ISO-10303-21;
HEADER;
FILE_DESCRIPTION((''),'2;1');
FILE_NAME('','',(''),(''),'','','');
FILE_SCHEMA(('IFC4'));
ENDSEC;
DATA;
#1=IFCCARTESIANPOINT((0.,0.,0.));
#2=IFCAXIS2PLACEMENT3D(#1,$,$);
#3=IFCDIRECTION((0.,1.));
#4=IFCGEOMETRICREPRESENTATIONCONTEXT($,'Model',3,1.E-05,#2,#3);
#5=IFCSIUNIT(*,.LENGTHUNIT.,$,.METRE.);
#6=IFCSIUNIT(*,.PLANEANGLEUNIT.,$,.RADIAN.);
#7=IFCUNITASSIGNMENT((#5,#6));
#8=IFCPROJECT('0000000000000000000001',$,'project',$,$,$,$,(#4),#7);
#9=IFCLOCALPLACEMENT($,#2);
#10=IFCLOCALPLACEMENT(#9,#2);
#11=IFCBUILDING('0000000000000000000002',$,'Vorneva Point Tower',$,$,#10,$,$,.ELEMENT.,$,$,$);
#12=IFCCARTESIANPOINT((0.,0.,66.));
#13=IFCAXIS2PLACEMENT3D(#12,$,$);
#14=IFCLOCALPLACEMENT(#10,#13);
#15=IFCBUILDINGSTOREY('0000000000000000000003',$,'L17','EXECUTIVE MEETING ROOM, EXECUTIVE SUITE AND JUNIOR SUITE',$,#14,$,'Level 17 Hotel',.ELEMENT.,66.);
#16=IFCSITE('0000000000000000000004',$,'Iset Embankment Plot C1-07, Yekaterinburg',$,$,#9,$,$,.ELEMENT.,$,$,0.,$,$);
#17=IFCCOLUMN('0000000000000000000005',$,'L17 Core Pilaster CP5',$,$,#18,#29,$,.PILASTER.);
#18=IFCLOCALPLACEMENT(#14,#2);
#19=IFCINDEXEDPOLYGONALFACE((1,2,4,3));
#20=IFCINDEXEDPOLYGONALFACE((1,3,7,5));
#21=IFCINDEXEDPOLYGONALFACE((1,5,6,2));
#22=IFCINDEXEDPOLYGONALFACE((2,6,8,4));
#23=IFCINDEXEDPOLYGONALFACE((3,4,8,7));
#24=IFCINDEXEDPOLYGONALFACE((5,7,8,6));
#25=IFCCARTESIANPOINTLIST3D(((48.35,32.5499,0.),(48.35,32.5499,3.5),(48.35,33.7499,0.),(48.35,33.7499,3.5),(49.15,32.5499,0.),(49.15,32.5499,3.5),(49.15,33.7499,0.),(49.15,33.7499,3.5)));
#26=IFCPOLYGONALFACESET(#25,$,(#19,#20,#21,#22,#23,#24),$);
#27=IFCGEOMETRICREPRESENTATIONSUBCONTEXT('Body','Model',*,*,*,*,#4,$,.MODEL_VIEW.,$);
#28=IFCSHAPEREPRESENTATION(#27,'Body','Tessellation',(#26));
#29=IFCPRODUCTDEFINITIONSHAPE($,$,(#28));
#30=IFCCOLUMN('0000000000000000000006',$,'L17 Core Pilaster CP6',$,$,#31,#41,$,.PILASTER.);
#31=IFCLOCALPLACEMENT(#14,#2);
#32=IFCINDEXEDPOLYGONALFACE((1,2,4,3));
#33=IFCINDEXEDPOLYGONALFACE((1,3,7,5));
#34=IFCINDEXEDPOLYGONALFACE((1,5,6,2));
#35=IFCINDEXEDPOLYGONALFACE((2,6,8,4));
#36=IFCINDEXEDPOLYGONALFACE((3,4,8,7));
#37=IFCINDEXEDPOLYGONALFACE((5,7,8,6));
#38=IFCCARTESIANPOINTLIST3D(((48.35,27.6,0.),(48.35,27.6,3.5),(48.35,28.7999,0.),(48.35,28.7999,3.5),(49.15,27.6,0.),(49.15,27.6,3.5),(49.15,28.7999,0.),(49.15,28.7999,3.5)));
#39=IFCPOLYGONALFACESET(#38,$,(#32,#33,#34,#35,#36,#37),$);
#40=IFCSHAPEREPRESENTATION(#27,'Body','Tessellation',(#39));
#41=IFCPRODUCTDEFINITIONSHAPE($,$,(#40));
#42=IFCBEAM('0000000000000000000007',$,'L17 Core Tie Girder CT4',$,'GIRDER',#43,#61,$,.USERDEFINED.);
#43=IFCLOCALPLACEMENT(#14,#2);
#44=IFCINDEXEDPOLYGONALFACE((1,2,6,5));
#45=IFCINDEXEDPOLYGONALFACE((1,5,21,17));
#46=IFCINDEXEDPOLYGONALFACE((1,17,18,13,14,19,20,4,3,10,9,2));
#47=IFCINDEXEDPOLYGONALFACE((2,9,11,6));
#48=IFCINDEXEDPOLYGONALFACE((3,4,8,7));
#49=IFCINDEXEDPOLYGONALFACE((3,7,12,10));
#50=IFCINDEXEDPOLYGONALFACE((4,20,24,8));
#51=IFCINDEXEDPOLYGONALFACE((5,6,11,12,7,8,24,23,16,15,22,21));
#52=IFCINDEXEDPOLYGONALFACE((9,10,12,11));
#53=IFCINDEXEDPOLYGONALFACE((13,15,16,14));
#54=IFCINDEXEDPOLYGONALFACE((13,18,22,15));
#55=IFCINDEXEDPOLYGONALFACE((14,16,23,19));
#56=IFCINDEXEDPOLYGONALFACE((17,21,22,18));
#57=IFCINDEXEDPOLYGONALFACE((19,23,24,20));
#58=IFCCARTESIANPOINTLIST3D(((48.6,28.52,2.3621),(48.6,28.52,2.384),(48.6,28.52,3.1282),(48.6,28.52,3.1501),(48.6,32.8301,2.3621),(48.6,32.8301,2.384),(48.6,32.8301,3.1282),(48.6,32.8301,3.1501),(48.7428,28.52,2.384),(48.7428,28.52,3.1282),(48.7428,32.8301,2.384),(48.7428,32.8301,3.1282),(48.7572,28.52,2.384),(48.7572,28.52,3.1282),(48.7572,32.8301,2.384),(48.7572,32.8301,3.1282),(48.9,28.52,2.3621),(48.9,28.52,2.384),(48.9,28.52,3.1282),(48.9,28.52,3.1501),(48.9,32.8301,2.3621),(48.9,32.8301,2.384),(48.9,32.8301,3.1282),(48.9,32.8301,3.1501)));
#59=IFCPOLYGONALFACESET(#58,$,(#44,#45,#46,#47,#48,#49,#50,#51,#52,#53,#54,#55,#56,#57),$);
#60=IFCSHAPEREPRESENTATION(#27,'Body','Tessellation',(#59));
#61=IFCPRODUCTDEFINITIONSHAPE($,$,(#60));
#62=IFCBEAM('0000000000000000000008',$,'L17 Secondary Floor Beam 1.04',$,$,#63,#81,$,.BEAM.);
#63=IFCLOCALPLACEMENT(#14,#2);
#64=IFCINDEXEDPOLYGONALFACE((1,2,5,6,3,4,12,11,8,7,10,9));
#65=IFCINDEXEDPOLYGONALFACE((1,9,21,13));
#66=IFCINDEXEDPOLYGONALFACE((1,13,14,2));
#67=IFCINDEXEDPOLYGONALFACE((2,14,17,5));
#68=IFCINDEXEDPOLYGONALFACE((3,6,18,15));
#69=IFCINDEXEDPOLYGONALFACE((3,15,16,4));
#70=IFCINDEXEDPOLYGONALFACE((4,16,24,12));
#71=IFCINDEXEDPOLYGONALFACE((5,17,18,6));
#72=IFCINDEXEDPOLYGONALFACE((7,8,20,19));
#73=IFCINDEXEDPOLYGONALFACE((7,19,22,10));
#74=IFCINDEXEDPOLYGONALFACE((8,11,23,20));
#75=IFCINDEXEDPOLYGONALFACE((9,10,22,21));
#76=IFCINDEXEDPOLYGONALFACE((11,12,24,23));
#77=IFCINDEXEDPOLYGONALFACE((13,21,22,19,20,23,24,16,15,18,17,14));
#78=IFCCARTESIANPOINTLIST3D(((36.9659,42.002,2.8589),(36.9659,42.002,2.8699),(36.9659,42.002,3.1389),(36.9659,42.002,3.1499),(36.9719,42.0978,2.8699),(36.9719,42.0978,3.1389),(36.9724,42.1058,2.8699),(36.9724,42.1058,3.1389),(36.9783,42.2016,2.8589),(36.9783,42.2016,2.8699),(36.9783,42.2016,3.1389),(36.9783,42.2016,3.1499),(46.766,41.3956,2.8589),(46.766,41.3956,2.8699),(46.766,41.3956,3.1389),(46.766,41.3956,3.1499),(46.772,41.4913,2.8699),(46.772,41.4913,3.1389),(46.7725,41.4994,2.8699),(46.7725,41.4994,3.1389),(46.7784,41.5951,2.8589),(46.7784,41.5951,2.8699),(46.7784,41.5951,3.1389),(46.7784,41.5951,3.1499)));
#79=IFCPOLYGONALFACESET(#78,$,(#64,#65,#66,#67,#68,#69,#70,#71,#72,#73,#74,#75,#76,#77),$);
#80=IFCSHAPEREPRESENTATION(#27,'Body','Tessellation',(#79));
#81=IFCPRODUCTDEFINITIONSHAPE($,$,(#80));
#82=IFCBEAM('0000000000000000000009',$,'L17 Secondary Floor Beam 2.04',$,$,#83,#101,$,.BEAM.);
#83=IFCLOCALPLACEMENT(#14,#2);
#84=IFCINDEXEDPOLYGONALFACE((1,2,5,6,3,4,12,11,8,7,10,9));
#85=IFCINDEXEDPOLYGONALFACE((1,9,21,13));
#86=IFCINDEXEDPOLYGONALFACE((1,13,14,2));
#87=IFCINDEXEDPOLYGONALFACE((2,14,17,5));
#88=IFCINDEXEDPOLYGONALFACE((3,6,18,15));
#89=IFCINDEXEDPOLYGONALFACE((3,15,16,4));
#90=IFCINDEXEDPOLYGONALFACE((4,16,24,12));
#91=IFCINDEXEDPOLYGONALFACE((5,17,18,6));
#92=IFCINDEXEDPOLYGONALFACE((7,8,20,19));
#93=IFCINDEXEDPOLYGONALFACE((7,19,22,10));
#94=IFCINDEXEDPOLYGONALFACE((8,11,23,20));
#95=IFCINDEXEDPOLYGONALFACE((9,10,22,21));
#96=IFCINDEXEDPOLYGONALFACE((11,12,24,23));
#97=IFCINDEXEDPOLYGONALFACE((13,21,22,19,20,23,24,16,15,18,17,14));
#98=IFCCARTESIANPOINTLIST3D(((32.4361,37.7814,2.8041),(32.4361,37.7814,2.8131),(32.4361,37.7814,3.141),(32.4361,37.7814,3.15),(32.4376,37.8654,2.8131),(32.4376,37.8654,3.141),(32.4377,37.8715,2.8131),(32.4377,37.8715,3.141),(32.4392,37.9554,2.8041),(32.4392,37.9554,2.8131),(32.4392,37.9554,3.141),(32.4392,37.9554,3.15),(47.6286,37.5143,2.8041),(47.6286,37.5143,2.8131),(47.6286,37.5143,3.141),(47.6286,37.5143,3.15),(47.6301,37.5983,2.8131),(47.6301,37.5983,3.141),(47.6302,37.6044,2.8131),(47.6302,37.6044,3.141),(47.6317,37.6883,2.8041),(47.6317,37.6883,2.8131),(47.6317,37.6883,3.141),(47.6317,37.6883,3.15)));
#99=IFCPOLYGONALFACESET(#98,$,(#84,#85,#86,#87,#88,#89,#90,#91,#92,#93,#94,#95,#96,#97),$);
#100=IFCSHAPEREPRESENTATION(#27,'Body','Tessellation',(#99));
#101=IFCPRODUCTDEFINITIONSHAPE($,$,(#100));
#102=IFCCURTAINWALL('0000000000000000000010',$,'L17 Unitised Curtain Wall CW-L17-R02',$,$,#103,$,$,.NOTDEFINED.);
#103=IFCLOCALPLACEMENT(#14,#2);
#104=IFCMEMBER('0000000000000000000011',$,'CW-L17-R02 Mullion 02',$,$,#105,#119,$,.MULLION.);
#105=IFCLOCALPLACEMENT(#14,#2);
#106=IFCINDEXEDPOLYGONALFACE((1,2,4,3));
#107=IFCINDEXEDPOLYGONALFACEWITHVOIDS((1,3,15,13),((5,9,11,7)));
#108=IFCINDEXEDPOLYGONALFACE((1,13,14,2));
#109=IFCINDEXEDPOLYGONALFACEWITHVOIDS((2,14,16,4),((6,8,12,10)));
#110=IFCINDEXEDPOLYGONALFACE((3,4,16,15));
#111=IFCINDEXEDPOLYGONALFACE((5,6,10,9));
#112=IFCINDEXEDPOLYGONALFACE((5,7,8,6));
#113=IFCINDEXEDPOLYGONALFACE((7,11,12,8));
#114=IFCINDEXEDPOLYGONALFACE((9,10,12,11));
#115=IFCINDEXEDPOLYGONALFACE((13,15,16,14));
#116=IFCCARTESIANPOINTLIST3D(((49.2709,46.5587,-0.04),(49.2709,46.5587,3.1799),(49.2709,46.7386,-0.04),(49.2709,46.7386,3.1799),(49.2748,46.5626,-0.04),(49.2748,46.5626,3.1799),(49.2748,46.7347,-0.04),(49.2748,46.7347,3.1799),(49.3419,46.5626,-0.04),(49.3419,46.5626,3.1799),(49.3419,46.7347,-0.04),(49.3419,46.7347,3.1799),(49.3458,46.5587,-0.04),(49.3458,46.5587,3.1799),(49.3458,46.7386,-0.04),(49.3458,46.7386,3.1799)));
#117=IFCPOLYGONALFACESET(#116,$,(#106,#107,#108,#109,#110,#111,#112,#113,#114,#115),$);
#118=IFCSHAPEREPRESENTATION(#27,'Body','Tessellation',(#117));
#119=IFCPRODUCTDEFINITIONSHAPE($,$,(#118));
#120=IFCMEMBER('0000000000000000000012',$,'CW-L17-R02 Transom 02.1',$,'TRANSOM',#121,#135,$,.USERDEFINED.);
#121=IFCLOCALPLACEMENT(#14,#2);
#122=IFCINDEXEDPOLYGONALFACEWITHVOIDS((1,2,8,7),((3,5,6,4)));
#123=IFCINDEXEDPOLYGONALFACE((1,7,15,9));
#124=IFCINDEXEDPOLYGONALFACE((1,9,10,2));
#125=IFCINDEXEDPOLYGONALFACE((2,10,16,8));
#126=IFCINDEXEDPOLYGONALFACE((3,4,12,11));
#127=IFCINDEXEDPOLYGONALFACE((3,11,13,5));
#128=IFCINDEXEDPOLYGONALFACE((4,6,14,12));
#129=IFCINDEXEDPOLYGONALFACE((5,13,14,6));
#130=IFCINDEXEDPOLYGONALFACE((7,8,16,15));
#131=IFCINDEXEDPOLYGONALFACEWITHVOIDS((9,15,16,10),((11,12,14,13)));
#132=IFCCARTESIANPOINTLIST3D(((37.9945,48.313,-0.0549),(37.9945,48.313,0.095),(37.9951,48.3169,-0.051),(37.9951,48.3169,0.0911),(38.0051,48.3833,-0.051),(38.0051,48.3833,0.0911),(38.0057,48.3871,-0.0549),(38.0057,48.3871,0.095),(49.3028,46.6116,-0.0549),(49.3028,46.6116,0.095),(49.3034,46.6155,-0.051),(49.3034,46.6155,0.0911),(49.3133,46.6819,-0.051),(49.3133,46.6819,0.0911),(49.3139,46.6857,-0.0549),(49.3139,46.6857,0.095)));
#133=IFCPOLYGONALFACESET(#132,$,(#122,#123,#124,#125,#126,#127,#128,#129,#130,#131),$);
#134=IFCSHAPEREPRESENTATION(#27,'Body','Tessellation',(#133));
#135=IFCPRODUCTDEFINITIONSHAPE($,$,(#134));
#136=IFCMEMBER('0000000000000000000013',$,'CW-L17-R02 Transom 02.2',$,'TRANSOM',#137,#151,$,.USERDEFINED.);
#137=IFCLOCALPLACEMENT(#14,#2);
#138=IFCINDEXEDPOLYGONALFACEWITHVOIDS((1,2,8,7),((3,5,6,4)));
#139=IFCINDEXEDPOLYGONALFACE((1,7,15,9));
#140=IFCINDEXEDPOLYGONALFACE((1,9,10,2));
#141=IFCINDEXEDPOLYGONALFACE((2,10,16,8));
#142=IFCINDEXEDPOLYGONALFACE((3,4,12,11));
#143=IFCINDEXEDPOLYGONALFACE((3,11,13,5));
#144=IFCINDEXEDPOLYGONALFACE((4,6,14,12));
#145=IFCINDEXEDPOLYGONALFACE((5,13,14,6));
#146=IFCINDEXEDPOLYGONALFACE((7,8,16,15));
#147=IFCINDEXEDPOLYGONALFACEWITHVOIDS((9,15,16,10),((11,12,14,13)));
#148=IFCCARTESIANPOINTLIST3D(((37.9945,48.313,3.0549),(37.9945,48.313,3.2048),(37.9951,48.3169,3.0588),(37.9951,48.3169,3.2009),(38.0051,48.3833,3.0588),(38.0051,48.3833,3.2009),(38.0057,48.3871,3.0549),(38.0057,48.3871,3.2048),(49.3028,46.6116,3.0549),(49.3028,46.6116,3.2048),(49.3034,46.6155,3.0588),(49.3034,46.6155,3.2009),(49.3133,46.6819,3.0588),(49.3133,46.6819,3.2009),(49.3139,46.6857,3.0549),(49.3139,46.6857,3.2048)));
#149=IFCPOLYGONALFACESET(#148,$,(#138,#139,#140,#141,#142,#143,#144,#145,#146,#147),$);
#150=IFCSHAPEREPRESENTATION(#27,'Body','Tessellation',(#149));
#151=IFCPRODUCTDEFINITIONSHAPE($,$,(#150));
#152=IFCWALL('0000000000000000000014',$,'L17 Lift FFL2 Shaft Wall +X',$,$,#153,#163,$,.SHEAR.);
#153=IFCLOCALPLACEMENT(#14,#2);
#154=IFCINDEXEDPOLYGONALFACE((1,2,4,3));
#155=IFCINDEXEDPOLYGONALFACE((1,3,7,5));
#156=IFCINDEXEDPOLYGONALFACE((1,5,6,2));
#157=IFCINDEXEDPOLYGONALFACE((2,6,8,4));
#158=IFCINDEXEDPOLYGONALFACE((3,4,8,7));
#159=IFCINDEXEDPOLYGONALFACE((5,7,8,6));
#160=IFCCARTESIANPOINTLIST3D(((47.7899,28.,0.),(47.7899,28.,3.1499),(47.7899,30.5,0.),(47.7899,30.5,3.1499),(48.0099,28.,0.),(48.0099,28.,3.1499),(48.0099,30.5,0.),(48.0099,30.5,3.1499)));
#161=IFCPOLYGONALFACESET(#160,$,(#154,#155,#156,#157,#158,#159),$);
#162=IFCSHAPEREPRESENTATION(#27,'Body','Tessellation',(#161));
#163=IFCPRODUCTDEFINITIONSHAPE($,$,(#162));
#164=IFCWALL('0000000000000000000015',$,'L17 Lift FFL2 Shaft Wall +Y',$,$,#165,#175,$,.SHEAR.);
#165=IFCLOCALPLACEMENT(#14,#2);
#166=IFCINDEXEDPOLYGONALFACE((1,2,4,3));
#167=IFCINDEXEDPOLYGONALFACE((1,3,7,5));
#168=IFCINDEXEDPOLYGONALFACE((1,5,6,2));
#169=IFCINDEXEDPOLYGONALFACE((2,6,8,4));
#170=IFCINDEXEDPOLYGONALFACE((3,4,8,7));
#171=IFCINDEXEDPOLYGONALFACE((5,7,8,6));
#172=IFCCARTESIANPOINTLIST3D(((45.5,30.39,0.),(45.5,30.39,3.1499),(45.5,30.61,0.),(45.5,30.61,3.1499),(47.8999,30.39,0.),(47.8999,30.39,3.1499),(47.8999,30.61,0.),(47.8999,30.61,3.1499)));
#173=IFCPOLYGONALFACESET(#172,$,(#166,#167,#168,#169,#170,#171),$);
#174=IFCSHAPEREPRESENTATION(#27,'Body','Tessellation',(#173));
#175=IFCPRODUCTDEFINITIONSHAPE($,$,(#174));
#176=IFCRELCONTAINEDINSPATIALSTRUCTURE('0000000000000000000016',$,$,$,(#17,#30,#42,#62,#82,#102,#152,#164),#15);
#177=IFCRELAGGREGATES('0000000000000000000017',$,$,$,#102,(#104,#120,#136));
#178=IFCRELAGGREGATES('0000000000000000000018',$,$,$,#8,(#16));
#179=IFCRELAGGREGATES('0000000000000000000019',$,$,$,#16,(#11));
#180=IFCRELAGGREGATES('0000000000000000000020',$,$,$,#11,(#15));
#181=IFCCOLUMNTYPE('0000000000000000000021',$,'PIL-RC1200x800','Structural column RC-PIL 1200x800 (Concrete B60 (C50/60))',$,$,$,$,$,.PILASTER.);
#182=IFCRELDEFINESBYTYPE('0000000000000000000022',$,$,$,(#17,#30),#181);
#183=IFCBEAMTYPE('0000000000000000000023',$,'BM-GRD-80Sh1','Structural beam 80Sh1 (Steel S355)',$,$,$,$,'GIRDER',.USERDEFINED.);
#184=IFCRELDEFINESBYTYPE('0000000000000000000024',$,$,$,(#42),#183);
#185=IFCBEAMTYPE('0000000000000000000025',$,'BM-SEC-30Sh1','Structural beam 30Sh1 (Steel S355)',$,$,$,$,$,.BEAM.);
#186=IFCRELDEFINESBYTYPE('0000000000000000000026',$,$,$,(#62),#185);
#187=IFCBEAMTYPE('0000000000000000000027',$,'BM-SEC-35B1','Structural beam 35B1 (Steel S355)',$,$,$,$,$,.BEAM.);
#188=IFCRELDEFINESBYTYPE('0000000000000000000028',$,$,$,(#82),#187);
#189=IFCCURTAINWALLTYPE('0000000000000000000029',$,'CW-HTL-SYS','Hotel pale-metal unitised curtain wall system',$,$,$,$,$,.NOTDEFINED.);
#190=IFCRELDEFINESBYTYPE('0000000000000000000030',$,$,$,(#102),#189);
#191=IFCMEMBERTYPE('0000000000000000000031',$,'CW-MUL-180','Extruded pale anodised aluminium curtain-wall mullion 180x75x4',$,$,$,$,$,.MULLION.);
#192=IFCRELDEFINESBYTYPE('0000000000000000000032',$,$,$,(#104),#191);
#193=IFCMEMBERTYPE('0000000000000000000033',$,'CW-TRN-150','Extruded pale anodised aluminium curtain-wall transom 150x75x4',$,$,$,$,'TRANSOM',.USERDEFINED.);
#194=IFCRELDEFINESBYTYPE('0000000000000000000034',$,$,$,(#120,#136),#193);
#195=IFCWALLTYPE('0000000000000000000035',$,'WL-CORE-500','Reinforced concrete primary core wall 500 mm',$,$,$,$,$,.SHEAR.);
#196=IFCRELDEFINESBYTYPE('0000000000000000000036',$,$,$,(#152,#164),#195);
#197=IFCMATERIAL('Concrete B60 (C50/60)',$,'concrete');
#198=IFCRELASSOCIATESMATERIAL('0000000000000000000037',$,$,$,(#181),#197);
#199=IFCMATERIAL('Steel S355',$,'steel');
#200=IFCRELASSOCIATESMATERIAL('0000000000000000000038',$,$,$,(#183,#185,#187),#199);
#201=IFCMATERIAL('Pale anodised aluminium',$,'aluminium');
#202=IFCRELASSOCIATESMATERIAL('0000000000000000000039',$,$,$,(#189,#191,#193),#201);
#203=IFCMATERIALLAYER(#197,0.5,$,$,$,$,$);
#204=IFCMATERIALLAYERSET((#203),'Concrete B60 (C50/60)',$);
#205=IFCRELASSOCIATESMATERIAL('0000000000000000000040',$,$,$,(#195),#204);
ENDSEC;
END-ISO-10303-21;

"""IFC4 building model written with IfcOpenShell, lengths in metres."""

from ifc_helpers import new_model, si_unit, direction, frame, frame_2d, origin, origin_2d, place, context, subcontext, project, spatial, rectangle, hollow_rectangle, i_section, extrude, material, layer, layer_set, material_profile, profile_set, type_object, element, aggregate, save


model = new_model("IFC4")

# Units and contexts
model_context = context("Model", 3, precision=1e-05, world=origin(), true_north=direction((0.0, 1.0)))
body_context = subcontext(model_context, "Body", "Model", "MODEL_VIEW")
ifc_project = project(units=[si_unit("LENGTHUNIT", "METRE"), si_unit("PLANEANGLEUNIT", "RADIAN")], contexts=[model_context])

# Site, building, storey
site_placement = place(None, origin())
site = spatial("IfcSite", under=ifc_project, at=site_placement, Name="Iset Embankment Plot C1-07, Yekaterinburg", CompositionType="ELEMENT", RefElevation=0.0)
building_placement = place(site_placement, origin())
building = spatial("IfcBuilding", under=site, at=building_placement, Name="Vorneva Point Tower", CompositionType="ELEMENT")
storey_placement = place(building_placement, frame((0.0, 0.0, 66.0)))
storey = spatial("IfcBuildingStorey", under=building, at=storey_placement, Name="L17", Description="EXECUTIVE MEETING ROOM, EXECUTIVE SUITE AND JUNIOR SUITE", LongName="Level 17 Hotel", CompositionType="ELEMENT", Elevation=66.0)

# Columns
ifc_material_1 = material(Name="Concrete B60 (C50/60)", Category="concrete")
ifc_material_profile_1 = material_profile(ifc_material_1, rectangle(XDim=0.8, YDim=1.2, at=origin_2d()), Name="RC-PIL 1200x800")
ifc_profile_set_1 = profile_set([ifc_material_profile_1], Name="Concrete B60 (C50/60)")
column_type_1 = type_object("IfcColumnType", Name="PIL-RC1200x800", Description="Structural column RC-PIL 1200x800 (Concrete B60 (C50/60))", PredefinedType="PILASTER", material=ifc_profile_set_1)
for number, where, z_axis, x_axis, name in (
    (1, (48.75, 33.1499, 0.0), (0.0, 0.0, 1.0), (1.0, 0.0, 0.0), "L17 Core Pilaster CP5"),
    (2, (48.75, 28.2, 0.0), (0.0, 0.0, 1.0), (1.0, 0.0, 0.0), "L17 Core Pilaster CP6"),
):
    element("IfcColumn", number, at=place(storey_placement, frame(where, z_axis=z_axis, x_axis=x_axis)), inside=storey, type_object=column_type_1, Name=name, PredefinedType="PILASTER", context=body_context, shape_type="SweptSolid", body=[
        extrude(rectangle(XDim=0.8, YDim=1.2, at=origin_2d()), origin(), (0.0, 0.0, 1.0), 3.5),
    ])

# Beams
ifc_material_2 = material(Name="Steel S355", Category="steel")
ifc_material_profile_2 = material_profile(ifc_material_2, i_section(OverallWidth=0.3, OverallDepth=0.7881, WebThickness=0.0144, FlangeThickness=0.022, at=origin_2d()), Name="80Sh1")
ifc_profile_set_2 = profile_set([ifc_material_profile_2], Name="Steel S355")
beam_type_1 = type_object("IfcBeamType", Name="BM-GRD-80Sh1", Description="Structural beam 80Sh1 (Steel S355)", ElementType="GIRDER", PredefinedType="USERDEFINED", material=ifc_profile_set_2)
beam_1_placement = place(storey_placement, frame((48.75, 28.52, 2.7561), z_axis=(0.0, 1.0, 0.0), x_axis=(-1.0, 0.0, 0.0)))
element("IfcBeam", 3, at=beam_1_placement, inside=storey, type_object=beam_type_1, Name="L17 Core Tie Girder CT4", ObjectType="GIRDER", PredefinedType="USERDEFINED", context=body_context, shape_type="SweptSolid", body=[
    extrude(i_section(OverallWidth=0.3, OverallDepth=0.7881, WebThickness=0.0144, FlangeThickness=0.022, at=origin_2d()), origin(), (0.0, 0.0, 1.0), 4.3101),
])
ifc_material_profile_3 = material_profile(ifc_material_2, i_section(OverallWidth=0.2, OverallDepth=0.291, WebThickness=0.0081, FlangeThickness=0.011, at=origin_2d()), Name="30Sh1")
ifc_profile_set_3 = profile_set([ifc_material_profile_3], Name="Steel S355")
beam_type_2 = type_object("IfcBeamType", Name="BM-SEC-30Sh1", Description="Structural beam 30Sh1 (Steel S355)", PredefinedType="BEAM", material=ifc_profile_set_3)
beam_2_placement = place(storey_placement, frame((46.7722, 41.4954, 3.0044), z_axis=(-0.998091, 0.061764, 0.0), x_axis=(-0.061764, -0.998091, 0.0)))
element("IfcBeam", 4, at=beam_2_placement, inside=storey, type_object=beam_type_2, Name="L17 Secondary Floor Beam 1.04", PredefinedType="BEAM", context=body_context, shape_type="SweptSolid", body=[
    extrude(i_section(OverallWidth=0.2, OverallDepth=0.291, WebThickness=0.0081, FlangeThickness=0.011, at=origin_2d()), origin(), (0.0, 0.0, 1.0), 9.8188),
])
ifc_material_profile_4 = material_profile(ifc_material_2, i_section(OverallWidth=0.1741, OverallDepth=0.3459, WebThickness=0.0061, FlangeThickness=0.009, at=origin_2d()), Name="35B1")
ifc_profile_set_4 = profile_set([ifc_material_profile_4], Name="Steel S355")
beam_type_3 = type_object("IfcBeamType", Name="BM-SEC-35B1", Description="Structural beam 35B1 (Steel S355)", PredefinedType="BEAM", material=ifc_profile_set_4)
beam_3_placement = place(storey_placement, frame((47.6301, 37.6013, 2.9771), z_axis=(-0.999845, 0.017578, 0.0), x_axis=(-0.017578, -0.999845, 0.0)))
element("IfcBeam", 5, at=beam_3_placement, inside=storey, type_object=beam_type_3, Name="L17 Secondary Floor Beam 2.04", PredefinedType="BEAM", context=body_context, shape_type="SweptSolid", body=[
    extrude(i_section(OverallWidth=0.1741, OverallDepth=0.3459, WebThickness=0.0061, FlangeThickness=0.009, at=origin_2d()), origin(), (0.0, 0.0, 1.0), 15.1948),
])

# Curtain wall, members
ifc_material_3 = material(Name="Pale anodised aluminium", Category="aluminium")
curtain_wall_type = type_object("IfcCurtainWallType", Name="CW-HTL-SYS", Description="Hotel pale-metal unitised curtain wall system", PredefinedType="NOTDEFINED", material=ifc_material_3)
curtain_wall_placement = place(storey_placement, origin())
curtain_wall = element("IfcCurtainWall", 6, at=curtain_wall_placement, inside=storey, type_object=curtain_wall_type, Name="L17 Unitised Curtain Wall CW-L17-R02", PredefinedType="NOTDEFINED")
ifc_material_profile_5 = material_profile(ifc_material_3, hollow_rectangle(XDim=0.075, YDim=0.1799, WallThickness=0.0039, at=origin_2d()), Name="AL-MUL 180x75x4")
ifc_profile_set_5 = profile_set([ifc_material_profile_5], Name="Pale anodised aluminium")
member_type_1 = type_object("IfcMemberType", Name="CW-MUL-180", Description="Extruded pale anodised aluminium curtain-wall mullion 180x75x4", PredefinedType="MULLION", material=ifc_profile_set_5)
member_1_placement = place(storey_placement, frame((49.3083, 46.6487, -0.04), z_axis=(0.0, 0.0, 1.0), x_axis=(1.0, 0.0, 0.0)))
member_1 = element("IfcMember", 7, at=member_1_placement, type_object=member_type_1, Name="CW-L17-R02 Mullion 02", PredefinedType="MULLION", context=body_context, shape_type="SweptSolid", body=[
    extrude(hollow_rectangle(XDim=0.075, YDim=0.1799, WallThickness=0.0039, at=origin_2d()), origin(), (0.0, 0.0, 1.0), 3.22),
])
ifc_material_profile_6 = material_profile(ifc_material_3, hollow_rectangle(XDim=0.075, YDim=0.1499, WallThickness=0.0039, at=origin_2d()), Name="AL-TRN 150x75x4")
ifc_profile_set_6 = profile_set([ifc_material_profile_6], Name="Pale anodised aluminium")
member_type_2 = type_object("IfcMemberType", Name="CW-TRN-150", Description="Extruded pale anodised aluminium curtain-wall transom 150x75x4", ElementType="TRANSOM", PredefinedType="USERDEFINED", material=ifc_profile_set_6)
member_2_placement = place(storey_placement, frame((49.3083, 46.6487, 0.02), z_axis=(-0.98887, 0.148782, 0.0), x_axis=(-0.148782, -0.98887, 0.0)))
member_2 = element("IfcMember", 8, at=member_2_placement, type_object=member_type_2, Name="CW-L17-R02 Transom 02.1", ObjectType="TRANSOM", PredefinedType="USERDEFINED", context=body_context, shape_type="SweptSolid", body=[
    extrude(hollow_rectangle(XDim=0.075, YDim=0.1499, WallThickness=0.0039, at=origin_2d()), origin(), (0.0, 0.0, 1.0), 11.4355),
])
member_3_placement = place(storey_placement, frame((49.3083, 46.6487, 3.1299), z_axis=(-0.98887, 0.148782, 0.0), x_axis=(-0.148782, -0.98887, 0.0)))
member_3 = element("IfcMember", 9, at=member_3_placement, type_object=member_type_2, Name="CW-L17-R02 Transom 02.2", ObjectType="TRANSOM", PredefinedType="USERDEFINED", context=body_context, shape_type="SweptSolid", body=[
    extrude(hollow_rectangle(XDim=0.075, YDim=0.1499, WallThickness=0.0039, at=origin_2d()), origin(), (0.0, 0.0, 1.0), 11.4355),
])
aggregate(curtain_wall, [member_1, member_2, member_3])

# Walls
ifc_layer_1 = layer(ifc_material_1, 0.5)
ifc_layer_set_1 = layer_set([ifc_layer_1], Name="Concrete B60 (C50/60)")
wall_type_1 = type_object("IfcWallType", Name="WL-CORE-500", Description="Reinforced concrete primary core wall 500 mm", PredefinedType="SHEAR", material=ifc_layer_set_1)
wall_1_placement = place(storey_placement, frame((47.8999, 28.0, 0.0), z_axis=(0.0, 0.0, 1.0), x_axis=(0.0, 1.0, 0.0)))
element("IfcWall", 10, at=wall_1_placement, inside=storey, type_object=wall_type_1, Name="L17 Lift FFL2 Shaft Wall +X", PredefinedType="SHEAR", context=body_context, shape_type="SweptSolid", body=[
    extrude(rectangle(XDim=2.5, YDim=0.22, at=frame_2d((1.25, 0.0))), origin(), (0.0, 0.0, 1.0), 3.1499),
])
wall_2_placement = place(storey_placement, frame((47.8999, 30.5, 0.0), z_axis=(0.0, 0.0, 1.0), x_axis=(-1.0, 0.0, 0.0)))
element("IfcWall", 11, at=wall_2_placement, inside=storey, type_object=wall_type_1, Name="L17 Lift FFL2 Shaft Wall +Y", PredefinedType="SHEAR", context=body_context, shape_type="SweptSolid", body=[
    extrude(rectangle(XDim=2.3999, YDim=0.22, at=frame_2d((1.2, 0.0))), origin(), (0.0, 0.0, 1.0), 3.1499),
])

save(model, "model.ifc")
